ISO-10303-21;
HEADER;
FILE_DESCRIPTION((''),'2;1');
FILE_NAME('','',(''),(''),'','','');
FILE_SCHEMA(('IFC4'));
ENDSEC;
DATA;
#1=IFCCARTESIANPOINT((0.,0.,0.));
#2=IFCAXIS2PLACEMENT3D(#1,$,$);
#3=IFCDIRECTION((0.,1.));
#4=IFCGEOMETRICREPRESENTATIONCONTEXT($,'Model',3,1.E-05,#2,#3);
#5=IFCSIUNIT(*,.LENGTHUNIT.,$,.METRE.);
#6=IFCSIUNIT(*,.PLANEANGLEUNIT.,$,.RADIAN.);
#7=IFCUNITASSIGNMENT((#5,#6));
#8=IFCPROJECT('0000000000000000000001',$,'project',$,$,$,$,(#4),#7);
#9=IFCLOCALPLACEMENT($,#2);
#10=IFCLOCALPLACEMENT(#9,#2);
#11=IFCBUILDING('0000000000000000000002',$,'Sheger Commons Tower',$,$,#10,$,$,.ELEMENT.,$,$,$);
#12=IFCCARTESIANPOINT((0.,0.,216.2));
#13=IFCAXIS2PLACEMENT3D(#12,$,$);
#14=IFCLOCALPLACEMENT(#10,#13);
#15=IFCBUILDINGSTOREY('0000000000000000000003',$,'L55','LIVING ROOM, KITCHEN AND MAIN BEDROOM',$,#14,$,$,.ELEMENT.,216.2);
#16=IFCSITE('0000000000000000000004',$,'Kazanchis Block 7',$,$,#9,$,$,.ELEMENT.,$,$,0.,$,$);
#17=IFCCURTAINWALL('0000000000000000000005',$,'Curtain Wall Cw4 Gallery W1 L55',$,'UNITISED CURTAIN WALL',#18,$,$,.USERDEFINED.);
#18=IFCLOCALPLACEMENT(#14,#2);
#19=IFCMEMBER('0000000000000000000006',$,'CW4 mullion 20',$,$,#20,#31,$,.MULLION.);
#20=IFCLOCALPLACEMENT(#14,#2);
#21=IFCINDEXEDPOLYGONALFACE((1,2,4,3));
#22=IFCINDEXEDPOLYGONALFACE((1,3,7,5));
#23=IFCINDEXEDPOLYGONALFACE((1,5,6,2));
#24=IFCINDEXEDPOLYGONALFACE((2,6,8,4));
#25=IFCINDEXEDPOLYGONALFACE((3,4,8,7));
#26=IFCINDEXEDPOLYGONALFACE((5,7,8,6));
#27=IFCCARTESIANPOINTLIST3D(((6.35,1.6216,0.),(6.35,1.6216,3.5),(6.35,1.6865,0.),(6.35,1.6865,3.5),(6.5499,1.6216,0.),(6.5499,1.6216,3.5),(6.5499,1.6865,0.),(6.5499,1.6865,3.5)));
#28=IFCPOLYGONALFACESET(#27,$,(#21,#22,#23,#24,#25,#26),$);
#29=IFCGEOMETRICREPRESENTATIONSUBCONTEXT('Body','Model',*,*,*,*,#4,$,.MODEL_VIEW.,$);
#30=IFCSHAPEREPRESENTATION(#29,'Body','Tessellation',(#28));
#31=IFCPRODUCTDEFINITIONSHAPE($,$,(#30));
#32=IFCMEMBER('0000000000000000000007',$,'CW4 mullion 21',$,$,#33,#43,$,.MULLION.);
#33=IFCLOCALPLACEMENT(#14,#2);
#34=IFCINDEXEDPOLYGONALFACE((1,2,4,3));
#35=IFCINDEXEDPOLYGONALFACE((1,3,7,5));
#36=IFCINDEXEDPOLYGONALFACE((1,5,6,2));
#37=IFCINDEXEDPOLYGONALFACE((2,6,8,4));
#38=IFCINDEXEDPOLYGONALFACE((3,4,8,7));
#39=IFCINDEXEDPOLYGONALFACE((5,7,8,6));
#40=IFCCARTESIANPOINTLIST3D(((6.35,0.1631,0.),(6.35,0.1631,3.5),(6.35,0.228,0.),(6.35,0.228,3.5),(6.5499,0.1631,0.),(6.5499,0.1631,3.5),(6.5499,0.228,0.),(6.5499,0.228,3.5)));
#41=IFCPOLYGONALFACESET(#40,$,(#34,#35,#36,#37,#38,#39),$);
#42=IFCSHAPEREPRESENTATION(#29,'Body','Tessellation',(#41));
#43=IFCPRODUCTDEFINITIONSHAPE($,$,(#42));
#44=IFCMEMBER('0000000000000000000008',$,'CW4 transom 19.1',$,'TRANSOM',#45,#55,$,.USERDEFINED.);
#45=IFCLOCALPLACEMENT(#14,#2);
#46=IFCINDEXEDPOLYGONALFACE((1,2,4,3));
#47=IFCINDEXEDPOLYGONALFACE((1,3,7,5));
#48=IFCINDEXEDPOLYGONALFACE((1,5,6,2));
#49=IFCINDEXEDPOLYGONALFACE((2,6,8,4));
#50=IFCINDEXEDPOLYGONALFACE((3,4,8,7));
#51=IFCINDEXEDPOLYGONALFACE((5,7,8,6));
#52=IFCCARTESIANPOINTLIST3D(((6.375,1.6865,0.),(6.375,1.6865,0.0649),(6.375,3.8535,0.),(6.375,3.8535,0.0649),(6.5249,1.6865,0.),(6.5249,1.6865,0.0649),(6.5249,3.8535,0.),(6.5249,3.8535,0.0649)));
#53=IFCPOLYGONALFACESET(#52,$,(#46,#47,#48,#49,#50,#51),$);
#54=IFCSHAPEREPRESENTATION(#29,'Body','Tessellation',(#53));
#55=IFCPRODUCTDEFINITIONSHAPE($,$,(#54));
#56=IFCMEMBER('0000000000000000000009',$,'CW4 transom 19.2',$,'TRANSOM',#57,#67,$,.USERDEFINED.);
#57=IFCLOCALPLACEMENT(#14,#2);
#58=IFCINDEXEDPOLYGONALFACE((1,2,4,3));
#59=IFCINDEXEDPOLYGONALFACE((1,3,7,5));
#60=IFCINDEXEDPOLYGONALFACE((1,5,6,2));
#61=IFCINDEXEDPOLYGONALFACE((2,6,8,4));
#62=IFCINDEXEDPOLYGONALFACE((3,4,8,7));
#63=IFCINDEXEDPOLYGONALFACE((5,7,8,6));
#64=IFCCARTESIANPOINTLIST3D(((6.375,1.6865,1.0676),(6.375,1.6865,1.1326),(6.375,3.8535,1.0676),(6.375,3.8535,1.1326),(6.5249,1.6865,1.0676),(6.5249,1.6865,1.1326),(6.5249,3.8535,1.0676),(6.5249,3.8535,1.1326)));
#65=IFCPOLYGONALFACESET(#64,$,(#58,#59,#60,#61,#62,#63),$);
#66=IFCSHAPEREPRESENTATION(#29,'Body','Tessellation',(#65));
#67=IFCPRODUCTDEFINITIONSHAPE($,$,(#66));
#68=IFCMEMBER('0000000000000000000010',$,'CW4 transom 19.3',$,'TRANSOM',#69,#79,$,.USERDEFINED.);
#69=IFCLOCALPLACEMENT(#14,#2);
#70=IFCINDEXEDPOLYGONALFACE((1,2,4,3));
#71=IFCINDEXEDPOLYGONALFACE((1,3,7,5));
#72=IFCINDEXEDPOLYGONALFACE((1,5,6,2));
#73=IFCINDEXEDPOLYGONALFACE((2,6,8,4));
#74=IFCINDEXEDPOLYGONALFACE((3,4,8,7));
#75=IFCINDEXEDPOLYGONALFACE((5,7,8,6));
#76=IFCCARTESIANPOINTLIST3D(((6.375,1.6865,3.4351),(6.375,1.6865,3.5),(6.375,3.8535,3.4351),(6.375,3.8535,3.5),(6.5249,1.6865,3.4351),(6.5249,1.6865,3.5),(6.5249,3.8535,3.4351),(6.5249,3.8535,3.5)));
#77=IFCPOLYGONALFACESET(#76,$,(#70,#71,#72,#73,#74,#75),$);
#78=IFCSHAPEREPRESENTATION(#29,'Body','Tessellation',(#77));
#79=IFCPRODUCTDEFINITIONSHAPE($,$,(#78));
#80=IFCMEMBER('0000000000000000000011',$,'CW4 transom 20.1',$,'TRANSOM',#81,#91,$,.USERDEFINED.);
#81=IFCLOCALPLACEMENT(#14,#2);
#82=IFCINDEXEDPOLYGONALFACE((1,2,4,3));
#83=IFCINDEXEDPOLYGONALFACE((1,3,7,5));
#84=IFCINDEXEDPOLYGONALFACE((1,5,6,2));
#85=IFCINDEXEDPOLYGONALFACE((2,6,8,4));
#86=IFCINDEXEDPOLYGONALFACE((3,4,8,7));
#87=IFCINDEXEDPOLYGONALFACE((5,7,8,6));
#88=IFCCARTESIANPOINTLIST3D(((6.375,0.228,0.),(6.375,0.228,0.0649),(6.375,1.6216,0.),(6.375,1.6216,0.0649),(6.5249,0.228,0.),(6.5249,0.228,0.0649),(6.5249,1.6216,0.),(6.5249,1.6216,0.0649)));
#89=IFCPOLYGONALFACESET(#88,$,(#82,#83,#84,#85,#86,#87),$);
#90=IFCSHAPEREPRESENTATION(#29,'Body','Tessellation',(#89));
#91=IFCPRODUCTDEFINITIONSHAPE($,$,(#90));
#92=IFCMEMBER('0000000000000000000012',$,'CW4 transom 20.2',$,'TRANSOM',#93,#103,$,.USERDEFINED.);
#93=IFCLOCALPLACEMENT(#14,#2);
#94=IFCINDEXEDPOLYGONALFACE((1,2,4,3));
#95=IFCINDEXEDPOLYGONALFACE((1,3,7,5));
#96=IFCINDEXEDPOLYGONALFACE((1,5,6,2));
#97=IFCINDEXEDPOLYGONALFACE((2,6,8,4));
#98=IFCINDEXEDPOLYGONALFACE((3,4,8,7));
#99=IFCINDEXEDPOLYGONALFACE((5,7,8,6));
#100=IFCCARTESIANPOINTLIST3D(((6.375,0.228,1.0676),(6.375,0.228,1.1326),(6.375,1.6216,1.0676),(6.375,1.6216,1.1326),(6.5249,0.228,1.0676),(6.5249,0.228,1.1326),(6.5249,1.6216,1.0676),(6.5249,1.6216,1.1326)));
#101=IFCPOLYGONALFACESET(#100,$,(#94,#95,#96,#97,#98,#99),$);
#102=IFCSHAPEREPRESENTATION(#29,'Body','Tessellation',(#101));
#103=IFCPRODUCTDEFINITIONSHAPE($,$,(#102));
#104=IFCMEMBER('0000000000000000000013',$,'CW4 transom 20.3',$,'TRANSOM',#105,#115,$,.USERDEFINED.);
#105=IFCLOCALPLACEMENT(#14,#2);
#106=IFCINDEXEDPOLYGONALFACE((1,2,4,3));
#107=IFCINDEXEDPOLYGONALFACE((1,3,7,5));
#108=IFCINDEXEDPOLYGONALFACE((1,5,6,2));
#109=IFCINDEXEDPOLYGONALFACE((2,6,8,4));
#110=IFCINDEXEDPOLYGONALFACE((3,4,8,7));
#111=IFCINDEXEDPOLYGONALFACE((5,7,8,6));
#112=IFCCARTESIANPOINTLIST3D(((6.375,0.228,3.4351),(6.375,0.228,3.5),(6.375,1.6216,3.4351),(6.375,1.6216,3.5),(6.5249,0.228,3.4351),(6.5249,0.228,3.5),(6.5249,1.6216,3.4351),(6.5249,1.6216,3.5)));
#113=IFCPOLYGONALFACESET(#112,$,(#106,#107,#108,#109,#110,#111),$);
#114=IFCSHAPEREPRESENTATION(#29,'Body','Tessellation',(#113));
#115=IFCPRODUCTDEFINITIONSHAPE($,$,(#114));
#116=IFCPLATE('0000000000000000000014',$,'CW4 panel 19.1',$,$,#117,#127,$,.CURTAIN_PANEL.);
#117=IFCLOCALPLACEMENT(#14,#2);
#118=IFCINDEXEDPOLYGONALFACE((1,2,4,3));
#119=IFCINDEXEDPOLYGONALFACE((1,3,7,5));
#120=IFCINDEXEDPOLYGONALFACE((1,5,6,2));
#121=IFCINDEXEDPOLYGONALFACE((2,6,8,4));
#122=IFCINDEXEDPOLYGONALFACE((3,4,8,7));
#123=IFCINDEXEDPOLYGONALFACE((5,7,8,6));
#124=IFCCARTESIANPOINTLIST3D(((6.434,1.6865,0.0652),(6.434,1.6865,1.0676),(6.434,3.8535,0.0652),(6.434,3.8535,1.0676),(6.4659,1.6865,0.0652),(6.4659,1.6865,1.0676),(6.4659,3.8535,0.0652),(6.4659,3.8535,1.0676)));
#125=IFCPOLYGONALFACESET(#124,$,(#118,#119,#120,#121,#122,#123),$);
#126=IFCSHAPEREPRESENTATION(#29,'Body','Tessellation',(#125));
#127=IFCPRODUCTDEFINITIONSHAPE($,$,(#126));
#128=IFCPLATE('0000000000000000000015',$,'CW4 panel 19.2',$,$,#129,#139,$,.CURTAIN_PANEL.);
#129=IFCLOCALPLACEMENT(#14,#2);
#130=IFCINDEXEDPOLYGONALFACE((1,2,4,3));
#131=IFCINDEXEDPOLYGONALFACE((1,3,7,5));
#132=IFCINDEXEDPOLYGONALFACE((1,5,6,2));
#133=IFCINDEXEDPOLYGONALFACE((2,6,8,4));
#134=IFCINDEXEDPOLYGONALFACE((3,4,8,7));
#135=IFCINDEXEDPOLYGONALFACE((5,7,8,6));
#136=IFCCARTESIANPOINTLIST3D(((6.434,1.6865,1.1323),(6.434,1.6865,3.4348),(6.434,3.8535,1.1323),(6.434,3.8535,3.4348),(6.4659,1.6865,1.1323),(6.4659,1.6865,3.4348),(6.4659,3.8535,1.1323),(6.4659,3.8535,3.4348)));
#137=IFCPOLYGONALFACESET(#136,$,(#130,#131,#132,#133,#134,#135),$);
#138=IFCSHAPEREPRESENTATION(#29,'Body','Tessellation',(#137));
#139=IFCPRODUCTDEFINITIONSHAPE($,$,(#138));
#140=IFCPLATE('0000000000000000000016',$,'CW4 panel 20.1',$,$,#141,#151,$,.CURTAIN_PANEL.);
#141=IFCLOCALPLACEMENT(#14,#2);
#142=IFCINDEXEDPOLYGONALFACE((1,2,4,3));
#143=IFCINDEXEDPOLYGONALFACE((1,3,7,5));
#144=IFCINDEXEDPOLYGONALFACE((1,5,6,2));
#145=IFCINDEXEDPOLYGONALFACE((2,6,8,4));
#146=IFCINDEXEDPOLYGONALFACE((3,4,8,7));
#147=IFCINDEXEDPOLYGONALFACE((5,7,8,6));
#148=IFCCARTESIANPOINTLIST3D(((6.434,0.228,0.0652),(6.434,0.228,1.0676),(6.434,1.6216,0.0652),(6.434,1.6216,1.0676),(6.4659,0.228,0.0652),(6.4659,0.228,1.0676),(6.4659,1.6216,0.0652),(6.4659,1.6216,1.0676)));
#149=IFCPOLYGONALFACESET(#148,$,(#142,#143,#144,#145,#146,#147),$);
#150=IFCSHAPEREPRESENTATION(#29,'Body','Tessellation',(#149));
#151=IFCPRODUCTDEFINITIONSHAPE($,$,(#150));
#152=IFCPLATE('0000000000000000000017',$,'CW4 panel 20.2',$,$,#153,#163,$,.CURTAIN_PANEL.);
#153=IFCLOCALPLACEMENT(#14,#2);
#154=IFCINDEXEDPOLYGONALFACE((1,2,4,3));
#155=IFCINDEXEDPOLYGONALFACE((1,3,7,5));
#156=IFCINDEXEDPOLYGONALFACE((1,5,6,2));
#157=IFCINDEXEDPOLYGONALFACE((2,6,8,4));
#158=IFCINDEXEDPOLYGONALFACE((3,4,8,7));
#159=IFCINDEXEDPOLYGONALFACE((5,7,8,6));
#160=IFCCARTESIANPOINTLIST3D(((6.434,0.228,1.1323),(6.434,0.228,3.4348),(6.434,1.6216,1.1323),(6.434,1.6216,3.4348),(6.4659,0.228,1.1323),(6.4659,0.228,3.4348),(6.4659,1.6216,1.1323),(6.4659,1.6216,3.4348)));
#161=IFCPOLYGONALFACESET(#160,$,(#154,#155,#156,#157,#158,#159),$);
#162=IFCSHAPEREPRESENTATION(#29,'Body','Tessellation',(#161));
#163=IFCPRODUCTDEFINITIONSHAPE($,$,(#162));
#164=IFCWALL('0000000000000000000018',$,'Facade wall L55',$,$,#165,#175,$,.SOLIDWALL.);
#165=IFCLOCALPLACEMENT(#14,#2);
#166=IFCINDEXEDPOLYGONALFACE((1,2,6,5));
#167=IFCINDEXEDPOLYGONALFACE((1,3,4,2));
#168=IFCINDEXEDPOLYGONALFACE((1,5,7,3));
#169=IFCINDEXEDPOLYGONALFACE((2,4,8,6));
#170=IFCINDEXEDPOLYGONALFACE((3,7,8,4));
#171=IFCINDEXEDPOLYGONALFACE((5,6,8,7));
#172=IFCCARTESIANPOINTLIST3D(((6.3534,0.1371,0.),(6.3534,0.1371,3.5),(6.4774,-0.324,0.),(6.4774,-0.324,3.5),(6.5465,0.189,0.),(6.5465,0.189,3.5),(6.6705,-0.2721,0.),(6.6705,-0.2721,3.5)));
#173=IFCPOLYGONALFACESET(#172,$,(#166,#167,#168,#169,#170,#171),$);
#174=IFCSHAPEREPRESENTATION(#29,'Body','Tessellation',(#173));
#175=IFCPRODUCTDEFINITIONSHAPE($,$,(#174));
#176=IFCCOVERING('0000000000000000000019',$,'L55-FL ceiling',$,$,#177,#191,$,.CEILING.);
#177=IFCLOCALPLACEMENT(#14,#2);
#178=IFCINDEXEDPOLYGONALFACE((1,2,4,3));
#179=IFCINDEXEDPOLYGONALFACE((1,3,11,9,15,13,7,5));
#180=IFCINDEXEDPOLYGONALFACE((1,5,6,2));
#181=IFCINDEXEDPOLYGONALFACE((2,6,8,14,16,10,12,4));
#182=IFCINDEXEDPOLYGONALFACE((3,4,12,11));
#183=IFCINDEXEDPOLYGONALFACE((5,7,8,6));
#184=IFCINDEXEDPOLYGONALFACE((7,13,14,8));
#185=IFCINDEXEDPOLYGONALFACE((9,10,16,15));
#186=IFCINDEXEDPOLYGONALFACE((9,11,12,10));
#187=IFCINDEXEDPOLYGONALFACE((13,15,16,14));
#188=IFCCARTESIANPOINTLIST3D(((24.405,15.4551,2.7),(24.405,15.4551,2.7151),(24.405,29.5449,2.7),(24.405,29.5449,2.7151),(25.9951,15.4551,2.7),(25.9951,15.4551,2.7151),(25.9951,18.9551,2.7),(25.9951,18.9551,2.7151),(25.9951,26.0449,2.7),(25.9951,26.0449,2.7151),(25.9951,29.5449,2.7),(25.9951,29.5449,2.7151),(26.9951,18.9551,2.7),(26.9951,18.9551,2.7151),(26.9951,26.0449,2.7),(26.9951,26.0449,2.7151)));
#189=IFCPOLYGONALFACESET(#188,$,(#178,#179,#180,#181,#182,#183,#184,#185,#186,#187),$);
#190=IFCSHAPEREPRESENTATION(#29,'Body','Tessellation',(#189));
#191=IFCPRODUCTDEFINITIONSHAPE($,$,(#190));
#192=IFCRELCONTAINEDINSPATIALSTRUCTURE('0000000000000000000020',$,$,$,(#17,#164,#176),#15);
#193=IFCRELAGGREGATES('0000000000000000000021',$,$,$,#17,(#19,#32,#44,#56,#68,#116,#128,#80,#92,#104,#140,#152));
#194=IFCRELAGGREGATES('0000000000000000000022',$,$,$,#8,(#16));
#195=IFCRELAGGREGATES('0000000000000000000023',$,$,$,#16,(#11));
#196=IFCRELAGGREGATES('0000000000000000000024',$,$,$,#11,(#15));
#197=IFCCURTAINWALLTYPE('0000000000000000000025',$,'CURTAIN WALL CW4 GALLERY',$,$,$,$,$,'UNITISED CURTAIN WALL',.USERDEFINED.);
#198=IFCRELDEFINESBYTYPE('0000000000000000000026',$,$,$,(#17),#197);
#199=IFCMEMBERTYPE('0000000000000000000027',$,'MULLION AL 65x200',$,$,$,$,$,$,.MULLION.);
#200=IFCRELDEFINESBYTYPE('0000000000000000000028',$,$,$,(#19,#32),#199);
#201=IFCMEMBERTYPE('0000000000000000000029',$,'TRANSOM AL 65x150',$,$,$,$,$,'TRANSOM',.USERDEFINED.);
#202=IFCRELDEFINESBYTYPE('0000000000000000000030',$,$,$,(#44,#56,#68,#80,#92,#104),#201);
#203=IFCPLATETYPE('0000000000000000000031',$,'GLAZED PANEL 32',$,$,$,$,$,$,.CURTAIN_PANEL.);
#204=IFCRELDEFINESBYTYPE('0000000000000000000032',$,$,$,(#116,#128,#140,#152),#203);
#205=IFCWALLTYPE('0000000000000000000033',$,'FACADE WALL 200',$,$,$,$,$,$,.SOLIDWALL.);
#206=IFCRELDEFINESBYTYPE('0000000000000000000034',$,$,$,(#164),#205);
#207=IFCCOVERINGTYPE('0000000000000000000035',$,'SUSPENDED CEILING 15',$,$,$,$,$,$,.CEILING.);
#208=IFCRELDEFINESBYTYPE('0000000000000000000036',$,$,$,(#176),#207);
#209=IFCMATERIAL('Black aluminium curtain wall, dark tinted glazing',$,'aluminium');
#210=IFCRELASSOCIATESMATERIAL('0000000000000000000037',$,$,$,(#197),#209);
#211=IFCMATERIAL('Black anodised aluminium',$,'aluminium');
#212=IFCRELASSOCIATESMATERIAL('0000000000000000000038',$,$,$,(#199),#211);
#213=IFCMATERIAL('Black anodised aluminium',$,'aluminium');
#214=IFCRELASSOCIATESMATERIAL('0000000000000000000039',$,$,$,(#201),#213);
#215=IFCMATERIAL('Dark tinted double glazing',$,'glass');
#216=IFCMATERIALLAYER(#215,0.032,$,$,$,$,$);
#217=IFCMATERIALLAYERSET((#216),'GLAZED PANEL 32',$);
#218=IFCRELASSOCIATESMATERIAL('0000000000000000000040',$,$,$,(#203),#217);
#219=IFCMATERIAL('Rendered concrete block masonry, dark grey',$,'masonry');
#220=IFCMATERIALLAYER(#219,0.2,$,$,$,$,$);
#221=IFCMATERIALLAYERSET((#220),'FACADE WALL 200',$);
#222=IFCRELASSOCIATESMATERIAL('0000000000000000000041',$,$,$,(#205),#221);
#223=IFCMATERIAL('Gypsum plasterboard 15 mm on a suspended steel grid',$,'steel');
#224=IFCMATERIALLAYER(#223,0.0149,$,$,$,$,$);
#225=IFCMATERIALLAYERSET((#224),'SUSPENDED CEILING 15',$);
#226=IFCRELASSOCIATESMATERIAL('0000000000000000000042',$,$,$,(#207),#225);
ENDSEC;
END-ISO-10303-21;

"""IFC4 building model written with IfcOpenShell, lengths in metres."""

from ifc_helpers import new_model, si_unit, direction, frame, frame_2d, origin, origin_2d, place, context, subcontext, project, spatial, polyline, rectangle, outline, extrude, material, layer, layer_set, material_profile, profile_set, type_object, element, aggregate, save


model = new_model("IFC4")

# Units and contexts
model_context = context("Model", 3, precision=1e-05, world=origin(), true_north=direction((0.0, 1.0)))
body_context = subcontext(model_context, "Body", "Model", "MODEL_VIEW")
ifc_project = project(units=[si_unit("LENGTHUNIT", "METRE"), si_unit("PLANEANGLEUNIT", "RADIAN")], contexts=[model_context])

# Site, building, storey
site_placement = place(None, origin())
site = spatial("IfcSite", under=ifc_project, at=site_placement, Name="Kazanchis Block 7", CompositionType="ELEMENT", RefElevation=0.0)
building_placement = place(site_placement, origin())
building = spatial("IfcBuilding", under=site, at=building_placement, Name="Sheger Commons Tower", CompositionType="ELEMENT")
storey_placement = place(building_placement, frame((0.0, 0.0, 216.2)))
storey = spatial("IfcBuildingStorey", under=building, at=storey_placement, Name="L55", Description="LIVING ROOM, KITCHEN AND MAIN BEDROOM", CompositionType="ELEMENT", Elevation=216.2)

# Curtain wall, members, plates
ifc_material_1 = material(Name="Black aluminium curtain wall, dark tinted glazing", Category="aluminium")
curtain_wall_type = type_object("IfcCurtainWallType", Name="CURTAIN WALL CW4 GALLERY", ElementType="UNITISED CURTAIN WALL", PredefinedType="USERDEFINED", material=ifc_material_1)
curtain_wall_placement = place(storey_placement, origin())
curtain_wall = element("IfcCurtainWall", 1, at=curtain_wall_placement, inside=storey, type_object=curtain_wall_type, Name="Curtain Wall Cw4 Gallery W1 L55", ObjectType="UNITISED CURTAIN WALL", PredefinedType="USERDEFINED")
ifc_material_2 = material(Name="Black anodised aluminium", Category="aluminium")
ifc_material_profile_1 = material_profile(ifc_material_2, rectangle(XDim=0.2, YDim=0.0649, at=origin_2d()), Name="AL 65x200")
ifc_profile_set_1 = profile_set([ifc_material_profile_1], Name="Black anodised aluminium")
member_type_1 = type_object("IfcMemberType", Name="MULLION AL 65x200", PredefinedType="MULLION", material=ifc_profile_set_1)
member_1_placement = place(storey_placement, frame((6.45, 1.6541, 0.0), z_axis=(0.0, 0.0, 1.0), x_axis=(1.0, 0.0, 0.0)))
member_1 = element("IfcMember", 2, at=member_1_placement, type_object=member_type_1, Name="CW4 mullion 20", PredefinedType="MULLION", context=body_context, shape_type="SweptSolid", body=[
    extrude(rectangle(XDim=0.2, YDim=0.0649, at=origin_2d()), origin(), (0.0, 0.0, 1.0), 3.5),
])
member_2_placement = place(storey_placement, frame((6.45, 0.1956, 0.0), z_axis=(0.0, 0.0, 1.0), x_axis=(1.0, 0.0, 0.0)))
member_2 = element("IfcMember", 3, at=member_2_placement, type_object=member_type_1, Name="CW4 mullion 21", PredefinedType="MULLION", context=body_context, shape_type="SweptSolid", body=[
    extrude(rectangle(XDim=0.2, YDim=0.0649, at=origin_2d()), origin(), (0.0, 0.0, 1.0), 3.5),
])
ifc_material_3 = material(Name="Black anodised aluminium", Category="aluminium")
ifc_material_profile_2 = material_profile(ifc_material_3, rectangle(XDim=0.1499, YDim=0.0649, at=origin_2d()), Name="AL 65x150")
ifc_profile_set_2 = profile_set([ifc_material_profile_2], Name="Black anodised aluminium")
member_type_2 = type_object("IfcMemberType", Name="TRANSOM AL 65x150", ElementType="TRANSOM", PredefinedType="USERDEFINED", material=ifc_profile_set_2)
member_3_placement = place(storey_placement, frame((6.45, 3.8535, 0.0325), z_axis=(0.0, -1.0, 0.0), x_axis=(1.0, 0.0, 0.0)))
member_3 = element("IfcMember", 4, at=member_3_placement, type_object=member_type_2, Name="CW4 transom 19.1", ObjectType="TRANSOM", PredefinedType="USERDEFINED", context=body_context, shape_type="SweptSolid", body=[
    extrude(rectangle(XDim=0.1499, YDim=0.0649, at=origin_2d()), origin(), (0.0, 0.0, 1.0), 2.167),
])
member_4_placement = place(storey_placement, frame((6.45, 3.8535, 1.1001), z_axis=(0.0, -1.0, 0.0), x_axis=(1.0, 0.0, 0.0)))
member_4 = element("IfcMember", 5, at=member_4_placement, type_object=member_type_2, Name="CW4 transom 19.2", ObjectType="TRANSOM", PredefinedType="USERDEFINED", context=body_context, shape_type="SweptSolid", body=[
    extrude(rectangle(XDim=0.1499, YDim=0.0649, at=origin_2d()), origin(), (0.0, 0.0, 1.0), 2.167),
])
member_5_placement = place(storey_placement, frame((6.45, 3.8535, 3.4675), z_axis=(0.0, -1.0, 0.0), x_axis=(1.0, 0.0, 0.0)))
member_5 = element("IfcMember", 6, at=member_5_placement, type_object=member_type_2, Name="CW4 transom 19.3", ObjectType="TRANSOM", PredefinedType="USERDEFINED", context=body_context, shape_type="SweptSolid", body=[
    extrude(rectangle(XDim=0.1499, YDim=0.0649, at=origin_2d()), origin(), (0.0, 0.0, 1.0), 2.167),
])
member_6_placement = place(storey_placement, frame((6.45, 1.6216, 0.0325), z_axis=(0.0, -1.0, 0.0), x_axis=(1.0, 0.0, 0.0)))
member_6 = element("IfcMember", 7, at=member_6_placement, type_object=member_type_2, Name="CW4 transom 20.1", ObjectType="TRANSOM", PredefinedType="USERDEFINED", context=body_context, shape_type="SweptSolid", body=[
    extrude(rectangle(XDim=0.1499, YDim=0.0649, at=origin_2d()), origin(), (0.0, 0.0, 1.0), 1.3936),
])
member_7_placement = place(storey_placement, frame((6.45, 1.6216, 1.1001), z_axis=(0.0, -1.0, 0.0), x_axis=(1.0, 0.0, 0.0)))
member_7 = element("IfcMember", 8, at=member_7_placement, type_object=member_type_2, Name="CW4 transom 20.2", ObjectType="TRANSOM", PredefinedType="USERDEFINED", context=body_context, shape_type="SweptSolid", body=[
    extrude(rectangle(XDim=0.1499, YDim=0.0649, at=origin_2d()), origin(), (0.0, 0.0, 1.0), 1.3936),
])
member_8_placement = place(storey_placement, frame((6.45, 1.6216, 3.4675), z_axis=(0.0, -1.0, 0.0), x_axis=(1.0, 0.0, 0.0)))
member_8 = element("IfcMember", 9, at=member_8_placement, type_object=member_type_2, Name="CW4 transom 20.3", ObjectType="TRANSOM", PredefinedType="USERDEFINED", context=body_context, shape_type="SweptSolid", body=[
    extrude(rectangle(XDim=0.1499, YDim=0.0649, at=origin_2d()), origin(), (0.0, 0.0, 1.0), 1.3936),
])
ifc_material_4 = material(Name="Dark tinted double glazing", Category="glass")
ifc_layer_1 = layer(ifc_material_4, 0.032)
ifc_layer_set_1 = layer_set([ifc_layer_1], Name="GLAZED PANEL 32")
plate_type = type_object("IfcPlateType", Name="GLAZED PANEL 32", PredefinedType="CURTAIN_PANEL", material=ifc_layer_set_1)
plate_1_placement = place(storey_placement, frame((6.45, 2.77, 0.0652), z_axis=(0.0, 0.0, 1.0), x_axis=(0.0, -1.0, 0.0)))
plate_1 = element("IfcPlate", 10, at=plate_1_placement, type_object=plate_type, Name="CW4 panel 19.1", PredefinedType="CURTAIN_PANEL", context=body_context, shape_type="SweptSolid", body=[
    extrude(rectangle(XDim=2.167, YDim=0.032, at=origin_2d()), origin(), (0.0, 0.0, 1.0), 1.0024),
])
plate_2_placement = place(storey_placement, frame((6.45, 2.77, 1.1323), z_axis=(0.0, 0.0, 1.0), x_axis=(0.0, -1.0, 0.0)))
plate_2 = element("IfcPlate", 11, at=plate_2_placement, type_object=plate_type, Name="CW4 panel 19.2", PredefinedType="CURTAIN_PANEL", context=body_context, shape_type="SweptSolid", body=[
    extrude(rectangle(XDim=2.167, YDim=0.032, at=origin_2d()), origin(), (0.0, 0.0, 1.0), 2.3025),
])
plate_3_placement = place(storey_placement, frame((6.45, 0.9248, 0.0652), z_axis=(0.0, 0.0, 1.0), x_axis=(0.0, -1.0, 0.0)))
plate_3 = element("IfcPlate", 12, at=plate_3_placement, type_object=plate_type, Name="CW4 panel 20.1", PredefinedType="CURTAIN_PANEL", context=body_context, shape_type="SweptSolid", body=[
    extrude(rectangle(XDim=1.3936, YDim=0.032, at=origin_2d()), origin(), (0.0, 0.0, 1.0), 1.0024),
])
plate_4_placement = place(storey_placement, frame((6.45, 0.9248, 1.1323), z_axis=(0.0, 0.0, 1.0), x_axis=(0.0, -1.0, 0.0)))
plate_4 = element("IfcPlate", 13, at=plate_4_placement, type_object=plate_type, Name="CW4 panel 20.2", PredefinedType="CURTAIN_PANEL", context=body_context, shape_type="SweptSolid", body=[
    extrude(rectangle(XDim=1.3936, YDim=0.032, at=origin_2d()), origin(), (0.0, 0.0, 1.0), 2.3025),
])
aggregate(curtain_wall, [member_1, member_2, member_3, member_4, member_5, plate_1, plate_2, member_6, member_7, member_8, plate_3, plate_4])

# Wall
ifc_material_5 = material(Name="Rendered concrete block masonry, dark grey", Category="masonry")
ifc_layer_2 = layer(ifc_material_5, 0.2)
ifc_layer_set_2 = layer_set([ifc_layer_2], Name="FACADE WALL 200")
wall_type = type_object("IfcWallType", Name="FACADE WALL 200", PredefinedType="SOLIDWALL", material=ifc_layer_set_2)
wall_placement = place(storey_placement, frame((6.45, 0.1631, 0.0), z_axis=(0.0, 0.0, 1.0), x_axis=(0.259698, -0.96569, 0.0)))
element("IfcWall", 14, at=wall_placement, inside=storey, type_object=wall_type, Name="Facade wall L55", PredefinedType="SOLIDWALL", context=body_context, shape_type="SweptSolid", body=[
    extrude(rectangle(XDim=0.4775, YDim=0.2, at=frame_2d((0.2388, 0.0))), origin(), (0.0, 0.0, 1.0), 3.5),
])

# Covering
ifc_material_6 = material(Name="Gypsum plasterboard 15 mm on a suspended steel grid", Category="steel")
ifc_layer_3 = layer(ifc_material_6, 0.0149)
ifc_layer_set_3 = layer_set([ifc_layer_3], Name="SUSPENDED CEILING 15")
covering_type = type_object("IfcCoveringType", Name="SUSPENDED CEILING 15", PredefinedType="CEILING", material=ifc_layer_set_3)
covering_placement = place(storey_placement, frame((0.0, 0.0, 2.7)))
element("IfcCovering", 15, at=covering_placement, inside=storey, type_object=covering_type, Name="L55-FL ceiling", PredefinedType="CEILING", context=body_context, shape_type="SweptSolid", body=[
    extrude(outline(polyline([(24.405, 15.4551), (25.9951, 15.4551), (25.9951, 18.9551), (26.9951, 18.9551), (26.9951, 26.0449), (25.9951, 26.0449), (25.9951, 29.5449), (24.405, 29.5449), (24.405, 15.4551)])), origin(), (0.0, 0.0, 1.0), 0.0151),
])

save(model, "model.ifc")
